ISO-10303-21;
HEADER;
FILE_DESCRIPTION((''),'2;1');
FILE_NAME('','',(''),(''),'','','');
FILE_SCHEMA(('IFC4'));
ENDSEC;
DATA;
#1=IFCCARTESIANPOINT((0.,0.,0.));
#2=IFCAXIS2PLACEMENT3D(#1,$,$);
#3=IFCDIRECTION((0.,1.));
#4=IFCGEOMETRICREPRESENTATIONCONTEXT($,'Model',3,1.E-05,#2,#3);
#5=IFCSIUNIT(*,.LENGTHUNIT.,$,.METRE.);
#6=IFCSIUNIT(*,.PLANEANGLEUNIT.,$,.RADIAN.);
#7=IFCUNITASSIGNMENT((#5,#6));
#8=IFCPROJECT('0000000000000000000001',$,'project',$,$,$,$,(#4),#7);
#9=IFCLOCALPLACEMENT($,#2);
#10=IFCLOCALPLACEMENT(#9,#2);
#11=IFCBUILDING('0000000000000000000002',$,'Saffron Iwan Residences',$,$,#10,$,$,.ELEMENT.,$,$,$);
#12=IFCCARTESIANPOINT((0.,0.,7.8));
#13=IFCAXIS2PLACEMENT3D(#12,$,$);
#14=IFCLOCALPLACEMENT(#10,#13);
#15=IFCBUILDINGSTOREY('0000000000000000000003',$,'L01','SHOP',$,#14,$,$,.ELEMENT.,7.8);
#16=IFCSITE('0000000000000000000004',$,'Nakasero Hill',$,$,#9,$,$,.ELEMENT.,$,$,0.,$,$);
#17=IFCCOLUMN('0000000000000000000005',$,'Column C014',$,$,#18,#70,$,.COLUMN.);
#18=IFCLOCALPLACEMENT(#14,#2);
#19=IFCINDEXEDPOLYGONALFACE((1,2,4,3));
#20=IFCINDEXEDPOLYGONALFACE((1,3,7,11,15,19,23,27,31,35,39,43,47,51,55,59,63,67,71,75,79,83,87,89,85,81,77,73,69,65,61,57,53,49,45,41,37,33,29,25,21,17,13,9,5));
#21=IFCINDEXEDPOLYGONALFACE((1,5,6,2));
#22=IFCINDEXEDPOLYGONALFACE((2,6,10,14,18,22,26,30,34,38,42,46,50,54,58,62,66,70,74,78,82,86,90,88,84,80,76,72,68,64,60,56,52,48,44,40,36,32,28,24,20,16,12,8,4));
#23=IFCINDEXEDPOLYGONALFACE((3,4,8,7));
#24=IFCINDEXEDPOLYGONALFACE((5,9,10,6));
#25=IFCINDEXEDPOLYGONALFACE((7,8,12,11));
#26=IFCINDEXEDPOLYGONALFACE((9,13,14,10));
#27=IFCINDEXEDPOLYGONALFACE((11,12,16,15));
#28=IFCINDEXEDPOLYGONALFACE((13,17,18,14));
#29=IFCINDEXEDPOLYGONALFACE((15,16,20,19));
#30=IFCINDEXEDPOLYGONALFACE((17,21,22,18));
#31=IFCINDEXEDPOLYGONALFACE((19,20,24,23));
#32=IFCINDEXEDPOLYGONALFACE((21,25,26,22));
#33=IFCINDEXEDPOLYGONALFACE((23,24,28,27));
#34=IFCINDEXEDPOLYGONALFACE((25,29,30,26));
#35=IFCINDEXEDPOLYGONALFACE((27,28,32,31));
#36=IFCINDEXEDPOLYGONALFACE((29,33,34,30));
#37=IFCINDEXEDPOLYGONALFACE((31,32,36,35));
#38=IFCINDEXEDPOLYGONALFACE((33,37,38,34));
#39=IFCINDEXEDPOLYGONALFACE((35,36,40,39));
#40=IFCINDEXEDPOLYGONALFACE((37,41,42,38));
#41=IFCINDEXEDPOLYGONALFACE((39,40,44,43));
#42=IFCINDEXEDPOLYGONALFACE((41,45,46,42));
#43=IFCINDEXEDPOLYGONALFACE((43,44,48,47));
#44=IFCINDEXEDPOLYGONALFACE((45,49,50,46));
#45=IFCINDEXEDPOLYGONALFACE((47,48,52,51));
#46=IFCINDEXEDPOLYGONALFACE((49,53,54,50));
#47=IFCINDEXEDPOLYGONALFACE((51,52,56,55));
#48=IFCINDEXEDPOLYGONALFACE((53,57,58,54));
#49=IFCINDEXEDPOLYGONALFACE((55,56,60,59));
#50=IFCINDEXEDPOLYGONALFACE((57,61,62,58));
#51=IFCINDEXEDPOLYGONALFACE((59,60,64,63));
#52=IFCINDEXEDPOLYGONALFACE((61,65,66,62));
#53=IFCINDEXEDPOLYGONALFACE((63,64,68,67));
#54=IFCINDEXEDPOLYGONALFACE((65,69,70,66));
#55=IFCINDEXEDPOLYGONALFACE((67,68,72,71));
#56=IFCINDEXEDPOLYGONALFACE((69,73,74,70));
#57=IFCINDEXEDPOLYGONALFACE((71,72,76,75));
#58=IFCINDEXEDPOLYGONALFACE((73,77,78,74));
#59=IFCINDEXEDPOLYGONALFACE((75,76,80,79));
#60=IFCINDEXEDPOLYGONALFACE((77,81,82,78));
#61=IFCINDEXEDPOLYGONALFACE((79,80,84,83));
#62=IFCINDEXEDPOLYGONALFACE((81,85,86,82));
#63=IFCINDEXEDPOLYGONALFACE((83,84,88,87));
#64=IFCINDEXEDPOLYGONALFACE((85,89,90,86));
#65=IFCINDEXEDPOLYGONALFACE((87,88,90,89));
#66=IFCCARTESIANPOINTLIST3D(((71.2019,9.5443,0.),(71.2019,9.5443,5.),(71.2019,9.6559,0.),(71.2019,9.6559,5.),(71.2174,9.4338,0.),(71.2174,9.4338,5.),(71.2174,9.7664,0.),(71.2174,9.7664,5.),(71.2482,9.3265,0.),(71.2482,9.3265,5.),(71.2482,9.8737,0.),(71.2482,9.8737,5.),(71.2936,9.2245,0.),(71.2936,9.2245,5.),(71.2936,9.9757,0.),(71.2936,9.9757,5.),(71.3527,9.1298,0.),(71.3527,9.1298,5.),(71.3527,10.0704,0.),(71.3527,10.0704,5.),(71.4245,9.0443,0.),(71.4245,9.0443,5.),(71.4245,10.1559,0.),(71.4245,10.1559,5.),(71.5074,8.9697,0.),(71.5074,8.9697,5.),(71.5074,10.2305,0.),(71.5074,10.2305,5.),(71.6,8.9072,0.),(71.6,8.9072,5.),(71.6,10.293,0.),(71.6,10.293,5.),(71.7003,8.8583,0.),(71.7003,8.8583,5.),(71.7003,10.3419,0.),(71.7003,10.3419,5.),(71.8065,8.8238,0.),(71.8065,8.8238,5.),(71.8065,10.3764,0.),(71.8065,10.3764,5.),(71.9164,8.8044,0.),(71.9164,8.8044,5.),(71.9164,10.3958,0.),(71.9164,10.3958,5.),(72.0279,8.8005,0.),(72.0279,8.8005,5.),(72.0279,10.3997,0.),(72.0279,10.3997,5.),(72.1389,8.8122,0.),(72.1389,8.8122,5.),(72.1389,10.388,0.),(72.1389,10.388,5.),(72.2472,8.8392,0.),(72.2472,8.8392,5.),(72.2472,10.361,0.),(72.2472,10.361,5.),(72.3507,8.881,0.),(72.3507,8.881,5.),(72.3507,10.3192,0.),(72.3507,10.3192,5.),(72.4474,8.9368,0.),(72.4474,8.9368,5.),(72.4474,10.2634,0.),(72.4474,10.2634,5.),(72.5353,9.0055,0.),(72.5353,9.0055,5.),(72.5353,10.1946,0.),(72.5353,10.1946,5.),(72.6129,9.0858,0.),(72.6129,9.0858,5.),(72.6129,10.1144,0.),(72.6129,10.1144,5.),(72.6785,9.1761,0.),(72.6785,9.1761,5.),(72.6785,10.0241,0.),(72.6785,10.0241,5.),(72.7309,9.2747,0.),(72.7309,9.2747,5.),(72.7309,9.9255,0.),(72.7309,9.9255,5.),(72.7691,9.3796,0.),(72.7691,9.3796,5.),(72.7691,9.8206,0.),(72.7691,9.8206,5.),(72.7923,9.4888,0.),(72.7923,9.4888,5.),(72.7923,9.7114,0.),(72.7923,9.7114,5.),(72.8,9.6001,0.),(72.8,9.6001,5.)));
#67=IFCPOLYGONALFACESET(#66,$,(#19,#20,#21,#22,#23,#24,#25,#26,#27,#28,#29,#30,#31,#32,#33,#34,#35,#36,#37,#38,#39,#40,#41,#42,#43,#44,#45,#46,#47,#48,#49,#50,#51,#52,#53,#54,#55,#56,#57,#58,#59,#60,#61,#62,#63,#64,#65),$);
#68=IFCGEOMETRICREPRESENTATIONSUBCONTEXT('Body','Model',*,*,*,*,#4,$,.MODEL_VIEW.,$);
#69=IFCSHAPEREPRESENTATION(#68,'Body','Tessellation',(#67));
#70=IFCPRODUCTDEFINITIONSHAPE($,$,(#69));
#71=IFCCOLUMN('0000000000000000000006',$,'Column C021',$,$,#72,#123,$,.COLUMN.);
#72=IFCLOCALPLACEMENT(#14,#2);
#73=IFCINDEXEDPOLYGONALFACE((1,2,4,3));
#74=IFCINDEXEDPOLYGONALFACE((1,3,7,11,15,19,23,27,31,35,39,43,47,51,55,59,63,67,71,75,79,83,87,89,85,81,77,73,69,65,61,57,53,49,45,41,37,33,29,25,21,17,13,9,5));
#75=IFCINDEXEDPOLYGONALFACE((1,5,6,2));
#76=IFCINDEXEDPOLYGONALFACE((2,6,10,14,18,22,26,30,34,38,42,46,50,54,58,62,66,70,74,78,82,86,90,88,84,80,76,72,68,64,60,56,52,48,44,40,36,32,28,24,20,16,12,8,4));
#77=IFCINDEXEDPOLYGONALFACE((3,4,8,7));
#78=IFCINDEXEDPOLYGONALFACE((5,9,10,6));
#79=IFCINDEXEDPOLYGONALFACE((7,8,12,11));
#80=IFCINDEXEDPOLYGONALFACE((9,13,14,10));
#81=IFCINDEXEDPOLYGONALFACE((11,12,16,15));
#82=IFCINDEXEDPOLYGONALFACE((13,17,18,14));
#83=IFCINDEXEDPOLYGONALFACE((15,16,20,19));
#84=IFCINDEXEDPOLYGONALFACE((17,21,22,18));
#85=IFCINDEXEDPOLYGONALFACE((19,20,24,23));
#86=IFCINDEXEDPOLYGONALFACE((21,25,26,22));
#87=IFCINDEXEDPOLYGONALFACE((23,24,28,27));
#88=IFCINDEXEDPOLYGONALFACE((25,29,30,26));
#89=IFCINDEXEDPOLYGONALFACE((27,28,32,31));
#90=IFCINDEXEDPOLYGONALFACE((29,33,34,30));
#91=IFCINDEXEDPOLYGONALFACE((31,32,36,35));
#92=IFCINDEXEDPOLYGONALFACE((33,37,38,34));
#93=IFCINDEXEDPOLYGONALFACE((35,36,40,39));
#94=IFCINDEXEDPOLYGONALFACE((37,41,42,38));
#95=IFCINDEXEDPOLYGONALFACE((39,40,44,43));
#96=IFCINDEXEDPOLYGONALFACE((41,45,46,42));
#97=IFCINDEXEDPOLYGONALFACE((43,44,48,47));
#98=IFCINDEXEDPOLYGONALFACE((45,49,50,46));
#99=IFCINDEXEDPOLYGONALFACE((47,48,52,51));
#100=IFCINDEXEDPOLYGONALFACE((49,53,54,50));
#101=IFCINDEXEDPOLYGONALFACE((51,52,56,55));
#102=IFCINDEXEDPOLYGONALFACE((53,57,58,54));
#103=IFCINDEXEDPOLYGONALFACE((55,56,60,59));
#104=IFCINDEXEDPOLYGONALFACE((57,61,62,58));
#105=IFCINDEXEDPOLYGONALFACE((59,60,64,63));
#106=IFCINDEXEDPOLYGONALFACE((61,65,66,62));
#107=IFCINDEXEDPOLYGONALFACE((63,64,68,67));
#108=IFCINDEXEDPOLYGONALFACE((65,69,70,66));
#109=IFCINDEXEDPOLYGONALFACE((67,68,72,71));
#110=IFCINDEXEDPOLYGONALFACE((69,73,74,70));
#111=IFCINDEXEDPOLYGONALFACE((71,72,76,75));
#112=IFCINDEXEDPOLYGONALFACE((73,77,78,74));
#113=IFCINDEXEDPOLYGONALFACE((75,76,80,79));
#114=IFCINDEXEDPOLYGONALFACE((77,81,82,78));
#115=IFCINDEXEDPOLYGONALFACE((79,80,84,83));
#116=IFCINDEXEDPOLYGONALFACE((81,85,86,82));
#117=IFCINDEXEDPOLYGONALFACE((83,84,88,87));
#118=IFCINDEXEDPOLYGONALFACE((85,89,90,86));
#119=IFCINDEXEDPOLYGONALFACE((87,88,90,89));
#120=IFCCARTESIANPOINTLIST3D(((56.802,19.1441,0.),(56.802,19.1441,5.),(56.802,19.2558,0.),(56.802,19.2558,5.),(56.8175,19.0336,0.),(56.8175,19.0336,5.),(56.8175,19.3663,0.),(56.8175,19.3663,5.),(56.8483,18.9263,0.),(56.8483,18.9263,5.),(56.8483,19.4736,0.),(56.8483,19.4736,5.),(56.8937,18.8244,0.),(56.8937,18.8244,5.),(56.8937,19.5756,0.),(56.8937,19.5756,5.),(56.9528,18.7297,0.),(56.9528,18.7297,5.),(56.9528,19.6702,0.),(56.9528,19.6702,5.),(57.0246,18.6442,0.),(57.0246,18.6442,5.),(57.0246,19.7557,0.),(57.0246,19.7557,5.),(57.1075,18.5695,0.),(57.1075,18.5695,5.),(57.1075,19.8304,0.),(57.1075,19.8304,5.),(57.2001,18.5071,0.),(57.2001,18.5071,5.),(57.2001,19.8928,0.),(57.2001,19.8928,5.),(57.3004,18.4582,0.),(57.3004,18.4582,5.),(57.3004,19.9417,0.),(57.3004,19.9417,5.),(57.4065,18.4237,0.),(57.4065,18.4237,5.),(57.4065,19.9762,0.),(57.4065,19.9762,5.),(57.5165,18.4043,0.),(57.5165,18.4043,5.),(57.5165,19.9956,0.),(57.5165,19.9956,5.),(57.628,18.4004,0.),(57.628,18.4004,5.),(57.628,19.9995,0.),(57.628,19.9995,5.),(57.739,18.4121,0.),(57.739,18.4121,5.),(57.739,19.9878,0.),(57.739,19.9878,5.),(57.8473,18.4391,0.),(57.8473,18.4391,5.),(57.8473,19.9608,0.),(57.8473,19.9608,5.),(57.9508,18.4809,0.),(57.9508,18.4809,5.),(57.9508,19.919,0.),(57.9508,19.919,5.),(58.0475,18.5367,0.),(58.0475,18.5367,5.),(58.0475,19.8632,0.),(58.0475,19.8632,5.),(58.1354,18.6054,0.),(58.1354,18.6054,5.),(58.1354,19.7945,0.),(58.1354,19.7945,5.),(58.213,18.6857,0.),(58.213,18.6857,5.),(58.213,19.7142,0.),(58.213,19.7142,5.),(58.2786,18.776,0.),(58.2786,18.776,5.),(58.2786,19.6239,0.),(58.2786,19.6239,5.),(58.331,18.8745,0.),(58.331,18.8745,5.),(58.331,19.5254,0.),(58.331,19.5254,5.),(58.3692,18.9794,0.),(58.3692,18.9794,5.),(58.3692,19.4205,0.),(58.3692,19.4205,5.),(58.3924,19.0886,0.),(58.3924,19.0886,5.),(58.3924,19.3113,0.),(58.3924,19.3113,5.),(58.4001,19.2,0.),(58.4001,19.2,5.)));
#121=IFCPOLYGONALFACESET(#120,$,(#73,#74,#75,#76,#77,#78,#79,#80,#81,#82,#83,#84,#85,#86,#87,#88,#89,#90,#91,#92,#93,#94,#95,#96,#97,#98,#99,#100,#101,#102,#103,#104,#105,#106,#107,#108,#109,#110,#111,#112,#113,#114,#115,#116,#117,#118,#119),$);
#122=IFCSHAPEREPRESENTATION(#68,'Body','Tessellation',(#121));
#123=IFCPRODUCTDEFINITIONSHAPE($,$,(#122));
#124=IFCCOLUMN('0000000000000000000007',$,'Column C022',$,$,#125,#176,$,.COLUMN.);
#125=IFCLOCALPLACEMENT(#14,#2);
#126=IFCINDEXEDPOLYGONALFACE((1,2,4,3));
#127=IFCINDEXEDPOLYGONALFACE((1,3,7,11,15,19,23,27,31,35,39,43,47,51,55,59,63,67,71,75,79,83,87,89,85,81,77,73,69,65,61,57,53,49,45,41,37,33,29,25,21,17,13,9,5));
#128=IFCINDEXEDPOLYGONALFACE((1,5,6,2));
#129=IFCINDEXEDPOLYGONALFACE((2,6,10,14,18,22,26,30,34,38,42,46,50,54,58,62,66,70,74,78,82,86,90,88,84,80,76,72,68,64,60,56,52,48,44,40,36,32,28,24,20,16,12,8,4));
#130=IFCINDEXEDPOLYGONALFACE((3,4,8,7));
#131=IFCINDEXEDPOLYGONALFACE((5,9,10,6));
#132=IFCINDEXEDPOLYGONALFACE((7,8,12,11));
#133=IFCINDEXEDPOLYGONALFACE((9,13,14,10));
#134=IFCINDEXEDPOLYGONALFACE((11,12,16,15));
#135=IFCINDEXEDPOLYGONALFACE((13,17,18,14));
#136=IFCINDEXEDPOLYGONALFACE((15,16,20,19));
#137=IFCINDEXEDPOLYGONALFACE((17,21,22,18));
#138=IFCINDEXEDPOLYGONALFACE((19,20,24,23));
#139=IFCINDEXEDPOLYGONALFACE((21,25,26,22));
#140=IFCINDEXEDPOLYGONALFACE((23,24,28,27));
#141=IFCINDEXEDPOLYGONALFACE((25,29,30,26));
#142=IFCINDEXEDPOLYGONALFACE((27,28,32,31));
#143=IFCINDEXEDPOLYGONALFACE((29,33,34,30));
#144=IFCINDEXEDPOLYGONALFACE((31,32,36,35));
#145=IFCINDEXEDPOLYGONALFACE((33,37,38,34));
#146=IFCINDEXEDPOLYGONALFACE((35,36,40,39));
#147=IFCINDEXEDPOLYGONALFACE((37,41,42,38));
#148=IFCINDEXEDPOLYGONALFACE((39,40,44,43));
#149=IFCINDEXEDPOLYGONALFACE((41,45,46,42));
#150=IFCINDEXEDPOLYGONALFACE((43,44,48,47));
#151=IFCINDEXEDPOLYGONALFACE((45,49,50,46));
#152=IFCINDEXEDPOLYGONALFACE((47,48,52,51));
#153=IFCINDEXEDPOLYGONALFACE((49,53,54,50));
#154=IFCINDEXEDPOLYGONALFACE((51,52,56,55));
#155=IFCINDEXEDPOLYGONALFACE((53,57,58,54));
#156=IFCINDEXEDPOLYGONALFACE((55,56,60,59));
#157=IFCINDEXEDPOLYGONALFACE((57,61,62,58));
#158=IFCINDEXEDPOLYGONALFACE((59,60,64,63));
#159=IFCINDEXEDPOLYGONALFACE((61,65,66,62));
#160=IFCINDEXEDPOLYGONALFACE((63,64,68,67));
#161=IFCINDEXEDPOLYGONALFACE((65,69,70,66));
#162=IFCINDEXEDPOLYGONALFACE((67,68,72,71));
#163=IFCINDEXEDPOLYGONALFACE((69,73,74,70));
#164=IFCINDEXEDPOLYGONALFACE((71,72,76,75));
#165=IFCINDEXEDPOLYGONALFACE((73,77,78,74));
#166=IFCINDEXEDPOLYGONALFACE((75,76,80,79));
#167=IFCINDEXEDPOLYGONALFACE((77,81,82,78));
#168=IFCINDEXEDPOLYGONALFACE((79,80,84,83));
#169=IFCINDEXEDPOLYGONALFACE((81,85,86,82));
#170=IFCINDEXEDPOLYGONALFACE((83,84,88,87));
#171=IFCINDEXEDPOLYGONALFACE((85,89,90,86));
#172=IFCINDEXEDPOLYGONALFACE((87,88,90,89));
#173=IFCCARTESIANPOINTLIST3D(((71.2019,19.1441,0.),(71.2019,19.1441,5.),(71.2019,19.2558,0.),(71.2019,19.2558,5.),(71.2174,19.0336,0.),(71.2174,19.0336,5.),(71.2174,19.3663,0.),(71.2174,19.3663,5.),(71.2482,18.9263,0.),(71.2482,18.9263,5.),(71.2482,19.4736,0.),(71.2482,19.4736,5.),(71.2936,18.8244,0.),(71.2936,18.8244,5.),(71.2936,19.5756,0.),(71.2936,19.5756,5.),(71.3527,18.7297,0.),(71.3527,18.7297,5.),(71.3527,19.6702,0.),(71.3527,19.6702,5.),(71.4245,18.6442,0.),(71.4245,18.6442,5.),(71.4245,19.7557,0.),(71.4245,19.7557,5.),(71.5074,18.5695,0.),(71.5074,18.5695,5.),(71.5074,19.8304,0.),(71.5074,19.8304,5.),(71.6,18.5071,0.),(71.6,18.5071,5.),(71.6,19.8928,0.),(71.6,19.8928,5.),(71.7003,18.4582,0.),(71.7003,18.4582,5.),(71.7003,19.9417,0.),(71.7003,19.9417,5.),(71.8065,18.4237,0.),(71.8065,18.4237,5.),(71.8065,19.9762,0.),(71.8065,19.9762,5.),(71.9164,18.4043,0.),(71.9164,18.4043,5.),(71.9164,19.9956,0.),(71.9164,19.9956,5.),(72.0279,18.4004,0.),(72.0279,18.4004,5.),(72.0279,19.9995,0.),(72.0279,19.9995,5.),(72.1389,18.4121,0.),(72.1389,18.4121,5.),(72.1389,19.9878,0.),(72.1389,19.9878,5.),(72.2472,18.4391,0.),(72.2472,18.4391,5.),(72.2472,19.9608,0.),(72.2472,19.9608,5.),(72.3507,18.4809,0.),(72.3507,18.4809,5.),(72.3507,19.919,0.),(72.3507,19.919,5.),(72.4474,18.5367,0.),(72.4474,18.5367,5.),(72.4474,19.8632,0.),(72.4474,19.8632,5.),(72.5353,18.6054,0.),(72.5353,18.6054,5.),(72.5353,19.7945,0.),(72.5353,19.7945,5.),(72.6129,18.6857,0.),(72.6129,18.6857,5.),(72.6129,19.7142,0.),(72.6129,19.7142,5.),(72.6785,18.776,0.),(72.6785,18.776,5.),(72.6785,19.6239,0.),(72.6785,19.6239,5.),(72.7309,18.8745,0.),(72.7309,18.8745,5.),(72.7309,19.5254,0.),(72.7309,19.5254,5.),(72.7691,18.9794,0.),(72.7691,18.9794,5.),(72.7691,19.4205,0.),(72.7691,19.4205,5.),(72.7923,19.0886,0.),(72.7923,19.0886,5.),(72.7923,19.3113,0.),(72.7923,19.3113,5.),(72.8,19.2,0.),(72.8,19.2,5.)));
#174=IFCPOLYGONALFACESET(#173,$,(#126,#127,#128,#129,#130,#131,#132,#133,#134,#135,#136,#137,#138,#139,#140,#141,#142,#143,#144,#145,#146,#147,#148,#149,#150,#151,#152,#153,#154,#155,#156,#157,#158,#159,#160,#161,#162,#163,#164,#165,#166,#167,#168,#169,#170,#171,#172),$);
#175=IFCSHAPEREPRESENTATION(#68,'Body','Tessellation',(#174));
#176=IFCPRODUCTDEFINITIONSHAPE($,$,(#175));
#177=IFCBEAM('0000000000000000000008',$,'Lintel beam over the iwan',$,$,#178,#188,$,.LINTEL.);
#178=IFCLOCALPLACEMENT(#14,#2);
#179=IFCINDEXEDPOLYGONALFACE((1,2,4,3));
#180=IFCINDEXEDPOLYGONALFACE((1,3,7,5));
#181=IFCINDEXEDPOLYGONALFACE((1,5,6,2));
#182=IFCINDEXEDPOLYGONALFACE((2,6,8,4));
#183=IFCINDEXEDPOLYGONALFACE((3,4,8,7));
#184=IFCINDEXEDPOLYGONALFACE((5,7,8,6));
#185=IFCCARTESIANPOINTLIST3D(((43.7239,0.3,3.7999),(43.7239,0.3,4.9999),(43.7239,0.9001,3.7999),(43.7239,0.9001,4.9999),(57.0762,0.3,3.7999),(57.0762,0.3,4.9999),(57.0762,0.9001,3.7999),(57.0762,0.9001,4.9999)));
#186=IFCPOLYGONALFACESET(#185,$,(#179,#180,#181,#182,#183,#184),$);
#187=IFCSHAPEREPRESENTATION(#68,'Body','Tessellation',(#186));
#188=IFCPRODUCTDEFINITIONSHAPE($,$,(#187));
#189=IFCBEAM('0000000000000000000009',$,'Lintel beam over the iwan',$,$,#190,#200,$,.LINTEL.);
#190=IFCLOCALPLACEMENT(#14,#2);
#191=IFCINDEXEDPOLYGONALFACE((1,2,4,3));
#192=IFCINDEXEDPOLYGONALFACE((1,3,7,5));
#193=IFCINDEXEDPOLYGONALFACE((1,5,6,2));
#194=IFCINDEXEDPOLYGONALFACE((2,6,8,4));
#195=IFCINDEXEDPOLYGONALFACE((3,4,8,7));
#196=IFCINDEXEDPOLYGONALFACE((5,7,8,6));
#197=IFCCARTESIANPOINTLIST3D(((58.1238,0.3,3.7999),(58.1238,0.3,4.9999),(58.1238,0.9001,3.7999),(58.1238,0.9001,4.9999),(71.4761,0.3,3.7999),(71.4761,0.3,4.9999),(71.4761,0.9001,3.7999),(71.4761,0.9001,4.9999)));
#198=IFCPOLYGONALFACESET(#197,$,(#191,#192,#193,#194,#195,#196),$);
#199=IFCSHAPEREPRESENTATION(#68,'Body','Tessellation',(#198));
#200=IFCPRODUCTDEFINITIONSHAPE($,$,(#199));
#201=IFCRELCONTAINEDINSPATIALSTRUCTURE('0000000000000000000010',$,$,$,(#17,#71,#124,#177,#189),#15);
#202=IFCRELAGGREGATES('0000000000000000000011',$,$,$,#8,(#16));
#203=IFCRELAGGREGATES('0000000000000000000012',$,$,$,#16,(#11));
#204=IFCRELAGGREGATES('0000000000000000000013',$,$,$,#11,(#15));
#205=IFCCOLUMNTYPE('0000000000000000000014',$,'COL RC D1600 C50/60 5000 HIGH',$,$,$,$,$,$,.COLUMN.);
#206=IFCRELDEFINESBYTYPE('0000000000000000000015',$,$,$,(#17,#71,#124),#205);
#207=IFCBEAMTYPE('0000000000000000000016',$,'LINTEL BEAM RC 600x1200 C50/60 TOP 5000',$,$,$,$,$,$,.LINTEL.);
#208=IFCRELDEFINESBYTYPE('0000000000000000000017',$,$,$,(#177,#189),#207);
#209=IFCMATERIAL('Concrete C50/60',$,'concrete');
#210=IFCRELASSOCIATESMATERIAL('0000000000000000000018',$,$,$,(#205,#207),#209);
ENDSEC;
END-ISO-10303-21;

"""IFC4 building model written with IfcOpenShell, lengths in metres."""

from ifc_helpers import new_model, si_unit, direction, frame, origin, origin_2d, place, context, subcontext, project, spatial, rectangle, circle, extrude, source, transform, mapped, material, material_profile, profile_set, type_object, element, save


model = new_model("IFC4")

# Units and contexts
model_context = context("Model", 3, precision=1e-05, world=origin(), true_north=direction((0.0, 1.0)))
body_context = subcontext(model_context, "Body", "Model", "MODEL_VIEW")
ifc_project = project(units=[si_unit("LENGTHUNIT", "METRE"), si_unit("PLANEANGLEUNIT", "RADIAN")], contexts=[model_context])

# Site, building, storey
site_placement = place(None, origin())
site = spatial("IfcSite", under=ifc_project, at=site_placement, Name="Nakasero Hill", CompositionType="ELEMENT", RefElevation=0.0)
building_placement = place(site_placement, origin())
building = spatial("IfcBuilding", under=site, at=building_placement, Name="Saffron Iwan Residences", CompositionType="ELEMENT")
storey_placement = place(building_placement, frame((0.0, 0.0, 7.8)))
storey = spatial("IfcBuildingStorey", under=building, at=storey_placement, Name="L01", Description="SHOP", CompositionType="ELEMENT", Elevation=7.8)

# Columns
ifc_material_1 = material(Name="Concrete C50/60", Category="concrete")
ifc_material_profile_1 = material_profile(ifc_material_1, circle(Radius=0.8, at=origin_2d()), Name="RC D1600")
ifc_profile_set_1 = profile_set([ifc_material_profile_1], Name="Concrete C50/60")
column_type = type_object("IfcColumnType", Name="COL RC D1600 C50/60 5000 HIGH", PredefinedType="COLUMN", material=ifc_profile_set_1)
shared_shape_1 = source(origin(), body_context, "Body", "SweptSolid", [
    extrude(circle(Radius=0.8, at=origin_2d()), origin(), (0.0, 0.0, 1.0), 5.0),
])
for number, where, z_axis, x_axis, name in (
    (1, (72.0, 9.6001, 0.0), (0.0, 0.0, 1.0), (1.0, 0.0, 0.0), "Column C014"),
    (2, (57.6001, 19.2, 0.0), (0.0, 0.0, 1.0), (1.0, 0.0, 0.0), "Column C021"),
    (3, (72.0, 19.2, 0.0), (0.0, 0.0, 1.0), (1.0, 0.0, 0.0), "Column C022"),
):
    element("IfcColumn", number, at=place(storey_placement, frame(where, z_axis=z_axis, x_axis=x_axis)), inside=storey, type_object=column_type, Name=name, PredefinedType="COLUMN", context=body_context, shape_type="MappedRepresentation", body=[
        mapped(shared_shape_1, transform((0.0, 0.0, 0.0))),
    ])

# Beams
ifc_material_profile_2 = material_profile(ifc_material_1, rectangle(XDim=0.6001, YDim=1.2, at=origin_2d()), Name="RC 600x1200")
ifc_profile_set_2 = profile_set([ifc_material_profile_2], Name="Concrete C50/60")
beam_type_1 = type_object("IfcBeamType", Name="LINTEL BEAM RC 600x1200 C50/60 TOP 5000", PredefinedType="LINTEL", material=ifc_profile_set_2)
shared_shape_2 = source(origin(), body_context, "Body", "SweptSolid", [
    extrude(rectangle(XDim=0.6001, YDim=1.2, at=origin_2d()), origin(), (0.0, 0.0, 1.0), 13.3523),
])
for number, where, z_axis, x_axis, name in (
    (4, (57.0762, 0.6001, 4.3999), (-1.0, 0.0, 0.0), (0.0, -1.0, 0.0), "Lintel beam over the iwan"),
    (5, (71.4761, 0.6001, 4.3999), (-1.0, 0.0, 0.0), (0.0, -1.0, 0.0), "Lintel beam over the iwan"),
):
    element("IfcBeam", number, at=place(storey_placement, frame(where, z_axis=z_axis, x_axis=x_axis)), inside=storey, type_object=beam_type_1, Name=name, PredefinedType="LINTEL", context=body_context, shape_type="MappedRepresentation", body=[
        mapped(shared_shape_2, transform((0.0, 0.0, 0.0))),
    ])

save(model, "model.ifc")
